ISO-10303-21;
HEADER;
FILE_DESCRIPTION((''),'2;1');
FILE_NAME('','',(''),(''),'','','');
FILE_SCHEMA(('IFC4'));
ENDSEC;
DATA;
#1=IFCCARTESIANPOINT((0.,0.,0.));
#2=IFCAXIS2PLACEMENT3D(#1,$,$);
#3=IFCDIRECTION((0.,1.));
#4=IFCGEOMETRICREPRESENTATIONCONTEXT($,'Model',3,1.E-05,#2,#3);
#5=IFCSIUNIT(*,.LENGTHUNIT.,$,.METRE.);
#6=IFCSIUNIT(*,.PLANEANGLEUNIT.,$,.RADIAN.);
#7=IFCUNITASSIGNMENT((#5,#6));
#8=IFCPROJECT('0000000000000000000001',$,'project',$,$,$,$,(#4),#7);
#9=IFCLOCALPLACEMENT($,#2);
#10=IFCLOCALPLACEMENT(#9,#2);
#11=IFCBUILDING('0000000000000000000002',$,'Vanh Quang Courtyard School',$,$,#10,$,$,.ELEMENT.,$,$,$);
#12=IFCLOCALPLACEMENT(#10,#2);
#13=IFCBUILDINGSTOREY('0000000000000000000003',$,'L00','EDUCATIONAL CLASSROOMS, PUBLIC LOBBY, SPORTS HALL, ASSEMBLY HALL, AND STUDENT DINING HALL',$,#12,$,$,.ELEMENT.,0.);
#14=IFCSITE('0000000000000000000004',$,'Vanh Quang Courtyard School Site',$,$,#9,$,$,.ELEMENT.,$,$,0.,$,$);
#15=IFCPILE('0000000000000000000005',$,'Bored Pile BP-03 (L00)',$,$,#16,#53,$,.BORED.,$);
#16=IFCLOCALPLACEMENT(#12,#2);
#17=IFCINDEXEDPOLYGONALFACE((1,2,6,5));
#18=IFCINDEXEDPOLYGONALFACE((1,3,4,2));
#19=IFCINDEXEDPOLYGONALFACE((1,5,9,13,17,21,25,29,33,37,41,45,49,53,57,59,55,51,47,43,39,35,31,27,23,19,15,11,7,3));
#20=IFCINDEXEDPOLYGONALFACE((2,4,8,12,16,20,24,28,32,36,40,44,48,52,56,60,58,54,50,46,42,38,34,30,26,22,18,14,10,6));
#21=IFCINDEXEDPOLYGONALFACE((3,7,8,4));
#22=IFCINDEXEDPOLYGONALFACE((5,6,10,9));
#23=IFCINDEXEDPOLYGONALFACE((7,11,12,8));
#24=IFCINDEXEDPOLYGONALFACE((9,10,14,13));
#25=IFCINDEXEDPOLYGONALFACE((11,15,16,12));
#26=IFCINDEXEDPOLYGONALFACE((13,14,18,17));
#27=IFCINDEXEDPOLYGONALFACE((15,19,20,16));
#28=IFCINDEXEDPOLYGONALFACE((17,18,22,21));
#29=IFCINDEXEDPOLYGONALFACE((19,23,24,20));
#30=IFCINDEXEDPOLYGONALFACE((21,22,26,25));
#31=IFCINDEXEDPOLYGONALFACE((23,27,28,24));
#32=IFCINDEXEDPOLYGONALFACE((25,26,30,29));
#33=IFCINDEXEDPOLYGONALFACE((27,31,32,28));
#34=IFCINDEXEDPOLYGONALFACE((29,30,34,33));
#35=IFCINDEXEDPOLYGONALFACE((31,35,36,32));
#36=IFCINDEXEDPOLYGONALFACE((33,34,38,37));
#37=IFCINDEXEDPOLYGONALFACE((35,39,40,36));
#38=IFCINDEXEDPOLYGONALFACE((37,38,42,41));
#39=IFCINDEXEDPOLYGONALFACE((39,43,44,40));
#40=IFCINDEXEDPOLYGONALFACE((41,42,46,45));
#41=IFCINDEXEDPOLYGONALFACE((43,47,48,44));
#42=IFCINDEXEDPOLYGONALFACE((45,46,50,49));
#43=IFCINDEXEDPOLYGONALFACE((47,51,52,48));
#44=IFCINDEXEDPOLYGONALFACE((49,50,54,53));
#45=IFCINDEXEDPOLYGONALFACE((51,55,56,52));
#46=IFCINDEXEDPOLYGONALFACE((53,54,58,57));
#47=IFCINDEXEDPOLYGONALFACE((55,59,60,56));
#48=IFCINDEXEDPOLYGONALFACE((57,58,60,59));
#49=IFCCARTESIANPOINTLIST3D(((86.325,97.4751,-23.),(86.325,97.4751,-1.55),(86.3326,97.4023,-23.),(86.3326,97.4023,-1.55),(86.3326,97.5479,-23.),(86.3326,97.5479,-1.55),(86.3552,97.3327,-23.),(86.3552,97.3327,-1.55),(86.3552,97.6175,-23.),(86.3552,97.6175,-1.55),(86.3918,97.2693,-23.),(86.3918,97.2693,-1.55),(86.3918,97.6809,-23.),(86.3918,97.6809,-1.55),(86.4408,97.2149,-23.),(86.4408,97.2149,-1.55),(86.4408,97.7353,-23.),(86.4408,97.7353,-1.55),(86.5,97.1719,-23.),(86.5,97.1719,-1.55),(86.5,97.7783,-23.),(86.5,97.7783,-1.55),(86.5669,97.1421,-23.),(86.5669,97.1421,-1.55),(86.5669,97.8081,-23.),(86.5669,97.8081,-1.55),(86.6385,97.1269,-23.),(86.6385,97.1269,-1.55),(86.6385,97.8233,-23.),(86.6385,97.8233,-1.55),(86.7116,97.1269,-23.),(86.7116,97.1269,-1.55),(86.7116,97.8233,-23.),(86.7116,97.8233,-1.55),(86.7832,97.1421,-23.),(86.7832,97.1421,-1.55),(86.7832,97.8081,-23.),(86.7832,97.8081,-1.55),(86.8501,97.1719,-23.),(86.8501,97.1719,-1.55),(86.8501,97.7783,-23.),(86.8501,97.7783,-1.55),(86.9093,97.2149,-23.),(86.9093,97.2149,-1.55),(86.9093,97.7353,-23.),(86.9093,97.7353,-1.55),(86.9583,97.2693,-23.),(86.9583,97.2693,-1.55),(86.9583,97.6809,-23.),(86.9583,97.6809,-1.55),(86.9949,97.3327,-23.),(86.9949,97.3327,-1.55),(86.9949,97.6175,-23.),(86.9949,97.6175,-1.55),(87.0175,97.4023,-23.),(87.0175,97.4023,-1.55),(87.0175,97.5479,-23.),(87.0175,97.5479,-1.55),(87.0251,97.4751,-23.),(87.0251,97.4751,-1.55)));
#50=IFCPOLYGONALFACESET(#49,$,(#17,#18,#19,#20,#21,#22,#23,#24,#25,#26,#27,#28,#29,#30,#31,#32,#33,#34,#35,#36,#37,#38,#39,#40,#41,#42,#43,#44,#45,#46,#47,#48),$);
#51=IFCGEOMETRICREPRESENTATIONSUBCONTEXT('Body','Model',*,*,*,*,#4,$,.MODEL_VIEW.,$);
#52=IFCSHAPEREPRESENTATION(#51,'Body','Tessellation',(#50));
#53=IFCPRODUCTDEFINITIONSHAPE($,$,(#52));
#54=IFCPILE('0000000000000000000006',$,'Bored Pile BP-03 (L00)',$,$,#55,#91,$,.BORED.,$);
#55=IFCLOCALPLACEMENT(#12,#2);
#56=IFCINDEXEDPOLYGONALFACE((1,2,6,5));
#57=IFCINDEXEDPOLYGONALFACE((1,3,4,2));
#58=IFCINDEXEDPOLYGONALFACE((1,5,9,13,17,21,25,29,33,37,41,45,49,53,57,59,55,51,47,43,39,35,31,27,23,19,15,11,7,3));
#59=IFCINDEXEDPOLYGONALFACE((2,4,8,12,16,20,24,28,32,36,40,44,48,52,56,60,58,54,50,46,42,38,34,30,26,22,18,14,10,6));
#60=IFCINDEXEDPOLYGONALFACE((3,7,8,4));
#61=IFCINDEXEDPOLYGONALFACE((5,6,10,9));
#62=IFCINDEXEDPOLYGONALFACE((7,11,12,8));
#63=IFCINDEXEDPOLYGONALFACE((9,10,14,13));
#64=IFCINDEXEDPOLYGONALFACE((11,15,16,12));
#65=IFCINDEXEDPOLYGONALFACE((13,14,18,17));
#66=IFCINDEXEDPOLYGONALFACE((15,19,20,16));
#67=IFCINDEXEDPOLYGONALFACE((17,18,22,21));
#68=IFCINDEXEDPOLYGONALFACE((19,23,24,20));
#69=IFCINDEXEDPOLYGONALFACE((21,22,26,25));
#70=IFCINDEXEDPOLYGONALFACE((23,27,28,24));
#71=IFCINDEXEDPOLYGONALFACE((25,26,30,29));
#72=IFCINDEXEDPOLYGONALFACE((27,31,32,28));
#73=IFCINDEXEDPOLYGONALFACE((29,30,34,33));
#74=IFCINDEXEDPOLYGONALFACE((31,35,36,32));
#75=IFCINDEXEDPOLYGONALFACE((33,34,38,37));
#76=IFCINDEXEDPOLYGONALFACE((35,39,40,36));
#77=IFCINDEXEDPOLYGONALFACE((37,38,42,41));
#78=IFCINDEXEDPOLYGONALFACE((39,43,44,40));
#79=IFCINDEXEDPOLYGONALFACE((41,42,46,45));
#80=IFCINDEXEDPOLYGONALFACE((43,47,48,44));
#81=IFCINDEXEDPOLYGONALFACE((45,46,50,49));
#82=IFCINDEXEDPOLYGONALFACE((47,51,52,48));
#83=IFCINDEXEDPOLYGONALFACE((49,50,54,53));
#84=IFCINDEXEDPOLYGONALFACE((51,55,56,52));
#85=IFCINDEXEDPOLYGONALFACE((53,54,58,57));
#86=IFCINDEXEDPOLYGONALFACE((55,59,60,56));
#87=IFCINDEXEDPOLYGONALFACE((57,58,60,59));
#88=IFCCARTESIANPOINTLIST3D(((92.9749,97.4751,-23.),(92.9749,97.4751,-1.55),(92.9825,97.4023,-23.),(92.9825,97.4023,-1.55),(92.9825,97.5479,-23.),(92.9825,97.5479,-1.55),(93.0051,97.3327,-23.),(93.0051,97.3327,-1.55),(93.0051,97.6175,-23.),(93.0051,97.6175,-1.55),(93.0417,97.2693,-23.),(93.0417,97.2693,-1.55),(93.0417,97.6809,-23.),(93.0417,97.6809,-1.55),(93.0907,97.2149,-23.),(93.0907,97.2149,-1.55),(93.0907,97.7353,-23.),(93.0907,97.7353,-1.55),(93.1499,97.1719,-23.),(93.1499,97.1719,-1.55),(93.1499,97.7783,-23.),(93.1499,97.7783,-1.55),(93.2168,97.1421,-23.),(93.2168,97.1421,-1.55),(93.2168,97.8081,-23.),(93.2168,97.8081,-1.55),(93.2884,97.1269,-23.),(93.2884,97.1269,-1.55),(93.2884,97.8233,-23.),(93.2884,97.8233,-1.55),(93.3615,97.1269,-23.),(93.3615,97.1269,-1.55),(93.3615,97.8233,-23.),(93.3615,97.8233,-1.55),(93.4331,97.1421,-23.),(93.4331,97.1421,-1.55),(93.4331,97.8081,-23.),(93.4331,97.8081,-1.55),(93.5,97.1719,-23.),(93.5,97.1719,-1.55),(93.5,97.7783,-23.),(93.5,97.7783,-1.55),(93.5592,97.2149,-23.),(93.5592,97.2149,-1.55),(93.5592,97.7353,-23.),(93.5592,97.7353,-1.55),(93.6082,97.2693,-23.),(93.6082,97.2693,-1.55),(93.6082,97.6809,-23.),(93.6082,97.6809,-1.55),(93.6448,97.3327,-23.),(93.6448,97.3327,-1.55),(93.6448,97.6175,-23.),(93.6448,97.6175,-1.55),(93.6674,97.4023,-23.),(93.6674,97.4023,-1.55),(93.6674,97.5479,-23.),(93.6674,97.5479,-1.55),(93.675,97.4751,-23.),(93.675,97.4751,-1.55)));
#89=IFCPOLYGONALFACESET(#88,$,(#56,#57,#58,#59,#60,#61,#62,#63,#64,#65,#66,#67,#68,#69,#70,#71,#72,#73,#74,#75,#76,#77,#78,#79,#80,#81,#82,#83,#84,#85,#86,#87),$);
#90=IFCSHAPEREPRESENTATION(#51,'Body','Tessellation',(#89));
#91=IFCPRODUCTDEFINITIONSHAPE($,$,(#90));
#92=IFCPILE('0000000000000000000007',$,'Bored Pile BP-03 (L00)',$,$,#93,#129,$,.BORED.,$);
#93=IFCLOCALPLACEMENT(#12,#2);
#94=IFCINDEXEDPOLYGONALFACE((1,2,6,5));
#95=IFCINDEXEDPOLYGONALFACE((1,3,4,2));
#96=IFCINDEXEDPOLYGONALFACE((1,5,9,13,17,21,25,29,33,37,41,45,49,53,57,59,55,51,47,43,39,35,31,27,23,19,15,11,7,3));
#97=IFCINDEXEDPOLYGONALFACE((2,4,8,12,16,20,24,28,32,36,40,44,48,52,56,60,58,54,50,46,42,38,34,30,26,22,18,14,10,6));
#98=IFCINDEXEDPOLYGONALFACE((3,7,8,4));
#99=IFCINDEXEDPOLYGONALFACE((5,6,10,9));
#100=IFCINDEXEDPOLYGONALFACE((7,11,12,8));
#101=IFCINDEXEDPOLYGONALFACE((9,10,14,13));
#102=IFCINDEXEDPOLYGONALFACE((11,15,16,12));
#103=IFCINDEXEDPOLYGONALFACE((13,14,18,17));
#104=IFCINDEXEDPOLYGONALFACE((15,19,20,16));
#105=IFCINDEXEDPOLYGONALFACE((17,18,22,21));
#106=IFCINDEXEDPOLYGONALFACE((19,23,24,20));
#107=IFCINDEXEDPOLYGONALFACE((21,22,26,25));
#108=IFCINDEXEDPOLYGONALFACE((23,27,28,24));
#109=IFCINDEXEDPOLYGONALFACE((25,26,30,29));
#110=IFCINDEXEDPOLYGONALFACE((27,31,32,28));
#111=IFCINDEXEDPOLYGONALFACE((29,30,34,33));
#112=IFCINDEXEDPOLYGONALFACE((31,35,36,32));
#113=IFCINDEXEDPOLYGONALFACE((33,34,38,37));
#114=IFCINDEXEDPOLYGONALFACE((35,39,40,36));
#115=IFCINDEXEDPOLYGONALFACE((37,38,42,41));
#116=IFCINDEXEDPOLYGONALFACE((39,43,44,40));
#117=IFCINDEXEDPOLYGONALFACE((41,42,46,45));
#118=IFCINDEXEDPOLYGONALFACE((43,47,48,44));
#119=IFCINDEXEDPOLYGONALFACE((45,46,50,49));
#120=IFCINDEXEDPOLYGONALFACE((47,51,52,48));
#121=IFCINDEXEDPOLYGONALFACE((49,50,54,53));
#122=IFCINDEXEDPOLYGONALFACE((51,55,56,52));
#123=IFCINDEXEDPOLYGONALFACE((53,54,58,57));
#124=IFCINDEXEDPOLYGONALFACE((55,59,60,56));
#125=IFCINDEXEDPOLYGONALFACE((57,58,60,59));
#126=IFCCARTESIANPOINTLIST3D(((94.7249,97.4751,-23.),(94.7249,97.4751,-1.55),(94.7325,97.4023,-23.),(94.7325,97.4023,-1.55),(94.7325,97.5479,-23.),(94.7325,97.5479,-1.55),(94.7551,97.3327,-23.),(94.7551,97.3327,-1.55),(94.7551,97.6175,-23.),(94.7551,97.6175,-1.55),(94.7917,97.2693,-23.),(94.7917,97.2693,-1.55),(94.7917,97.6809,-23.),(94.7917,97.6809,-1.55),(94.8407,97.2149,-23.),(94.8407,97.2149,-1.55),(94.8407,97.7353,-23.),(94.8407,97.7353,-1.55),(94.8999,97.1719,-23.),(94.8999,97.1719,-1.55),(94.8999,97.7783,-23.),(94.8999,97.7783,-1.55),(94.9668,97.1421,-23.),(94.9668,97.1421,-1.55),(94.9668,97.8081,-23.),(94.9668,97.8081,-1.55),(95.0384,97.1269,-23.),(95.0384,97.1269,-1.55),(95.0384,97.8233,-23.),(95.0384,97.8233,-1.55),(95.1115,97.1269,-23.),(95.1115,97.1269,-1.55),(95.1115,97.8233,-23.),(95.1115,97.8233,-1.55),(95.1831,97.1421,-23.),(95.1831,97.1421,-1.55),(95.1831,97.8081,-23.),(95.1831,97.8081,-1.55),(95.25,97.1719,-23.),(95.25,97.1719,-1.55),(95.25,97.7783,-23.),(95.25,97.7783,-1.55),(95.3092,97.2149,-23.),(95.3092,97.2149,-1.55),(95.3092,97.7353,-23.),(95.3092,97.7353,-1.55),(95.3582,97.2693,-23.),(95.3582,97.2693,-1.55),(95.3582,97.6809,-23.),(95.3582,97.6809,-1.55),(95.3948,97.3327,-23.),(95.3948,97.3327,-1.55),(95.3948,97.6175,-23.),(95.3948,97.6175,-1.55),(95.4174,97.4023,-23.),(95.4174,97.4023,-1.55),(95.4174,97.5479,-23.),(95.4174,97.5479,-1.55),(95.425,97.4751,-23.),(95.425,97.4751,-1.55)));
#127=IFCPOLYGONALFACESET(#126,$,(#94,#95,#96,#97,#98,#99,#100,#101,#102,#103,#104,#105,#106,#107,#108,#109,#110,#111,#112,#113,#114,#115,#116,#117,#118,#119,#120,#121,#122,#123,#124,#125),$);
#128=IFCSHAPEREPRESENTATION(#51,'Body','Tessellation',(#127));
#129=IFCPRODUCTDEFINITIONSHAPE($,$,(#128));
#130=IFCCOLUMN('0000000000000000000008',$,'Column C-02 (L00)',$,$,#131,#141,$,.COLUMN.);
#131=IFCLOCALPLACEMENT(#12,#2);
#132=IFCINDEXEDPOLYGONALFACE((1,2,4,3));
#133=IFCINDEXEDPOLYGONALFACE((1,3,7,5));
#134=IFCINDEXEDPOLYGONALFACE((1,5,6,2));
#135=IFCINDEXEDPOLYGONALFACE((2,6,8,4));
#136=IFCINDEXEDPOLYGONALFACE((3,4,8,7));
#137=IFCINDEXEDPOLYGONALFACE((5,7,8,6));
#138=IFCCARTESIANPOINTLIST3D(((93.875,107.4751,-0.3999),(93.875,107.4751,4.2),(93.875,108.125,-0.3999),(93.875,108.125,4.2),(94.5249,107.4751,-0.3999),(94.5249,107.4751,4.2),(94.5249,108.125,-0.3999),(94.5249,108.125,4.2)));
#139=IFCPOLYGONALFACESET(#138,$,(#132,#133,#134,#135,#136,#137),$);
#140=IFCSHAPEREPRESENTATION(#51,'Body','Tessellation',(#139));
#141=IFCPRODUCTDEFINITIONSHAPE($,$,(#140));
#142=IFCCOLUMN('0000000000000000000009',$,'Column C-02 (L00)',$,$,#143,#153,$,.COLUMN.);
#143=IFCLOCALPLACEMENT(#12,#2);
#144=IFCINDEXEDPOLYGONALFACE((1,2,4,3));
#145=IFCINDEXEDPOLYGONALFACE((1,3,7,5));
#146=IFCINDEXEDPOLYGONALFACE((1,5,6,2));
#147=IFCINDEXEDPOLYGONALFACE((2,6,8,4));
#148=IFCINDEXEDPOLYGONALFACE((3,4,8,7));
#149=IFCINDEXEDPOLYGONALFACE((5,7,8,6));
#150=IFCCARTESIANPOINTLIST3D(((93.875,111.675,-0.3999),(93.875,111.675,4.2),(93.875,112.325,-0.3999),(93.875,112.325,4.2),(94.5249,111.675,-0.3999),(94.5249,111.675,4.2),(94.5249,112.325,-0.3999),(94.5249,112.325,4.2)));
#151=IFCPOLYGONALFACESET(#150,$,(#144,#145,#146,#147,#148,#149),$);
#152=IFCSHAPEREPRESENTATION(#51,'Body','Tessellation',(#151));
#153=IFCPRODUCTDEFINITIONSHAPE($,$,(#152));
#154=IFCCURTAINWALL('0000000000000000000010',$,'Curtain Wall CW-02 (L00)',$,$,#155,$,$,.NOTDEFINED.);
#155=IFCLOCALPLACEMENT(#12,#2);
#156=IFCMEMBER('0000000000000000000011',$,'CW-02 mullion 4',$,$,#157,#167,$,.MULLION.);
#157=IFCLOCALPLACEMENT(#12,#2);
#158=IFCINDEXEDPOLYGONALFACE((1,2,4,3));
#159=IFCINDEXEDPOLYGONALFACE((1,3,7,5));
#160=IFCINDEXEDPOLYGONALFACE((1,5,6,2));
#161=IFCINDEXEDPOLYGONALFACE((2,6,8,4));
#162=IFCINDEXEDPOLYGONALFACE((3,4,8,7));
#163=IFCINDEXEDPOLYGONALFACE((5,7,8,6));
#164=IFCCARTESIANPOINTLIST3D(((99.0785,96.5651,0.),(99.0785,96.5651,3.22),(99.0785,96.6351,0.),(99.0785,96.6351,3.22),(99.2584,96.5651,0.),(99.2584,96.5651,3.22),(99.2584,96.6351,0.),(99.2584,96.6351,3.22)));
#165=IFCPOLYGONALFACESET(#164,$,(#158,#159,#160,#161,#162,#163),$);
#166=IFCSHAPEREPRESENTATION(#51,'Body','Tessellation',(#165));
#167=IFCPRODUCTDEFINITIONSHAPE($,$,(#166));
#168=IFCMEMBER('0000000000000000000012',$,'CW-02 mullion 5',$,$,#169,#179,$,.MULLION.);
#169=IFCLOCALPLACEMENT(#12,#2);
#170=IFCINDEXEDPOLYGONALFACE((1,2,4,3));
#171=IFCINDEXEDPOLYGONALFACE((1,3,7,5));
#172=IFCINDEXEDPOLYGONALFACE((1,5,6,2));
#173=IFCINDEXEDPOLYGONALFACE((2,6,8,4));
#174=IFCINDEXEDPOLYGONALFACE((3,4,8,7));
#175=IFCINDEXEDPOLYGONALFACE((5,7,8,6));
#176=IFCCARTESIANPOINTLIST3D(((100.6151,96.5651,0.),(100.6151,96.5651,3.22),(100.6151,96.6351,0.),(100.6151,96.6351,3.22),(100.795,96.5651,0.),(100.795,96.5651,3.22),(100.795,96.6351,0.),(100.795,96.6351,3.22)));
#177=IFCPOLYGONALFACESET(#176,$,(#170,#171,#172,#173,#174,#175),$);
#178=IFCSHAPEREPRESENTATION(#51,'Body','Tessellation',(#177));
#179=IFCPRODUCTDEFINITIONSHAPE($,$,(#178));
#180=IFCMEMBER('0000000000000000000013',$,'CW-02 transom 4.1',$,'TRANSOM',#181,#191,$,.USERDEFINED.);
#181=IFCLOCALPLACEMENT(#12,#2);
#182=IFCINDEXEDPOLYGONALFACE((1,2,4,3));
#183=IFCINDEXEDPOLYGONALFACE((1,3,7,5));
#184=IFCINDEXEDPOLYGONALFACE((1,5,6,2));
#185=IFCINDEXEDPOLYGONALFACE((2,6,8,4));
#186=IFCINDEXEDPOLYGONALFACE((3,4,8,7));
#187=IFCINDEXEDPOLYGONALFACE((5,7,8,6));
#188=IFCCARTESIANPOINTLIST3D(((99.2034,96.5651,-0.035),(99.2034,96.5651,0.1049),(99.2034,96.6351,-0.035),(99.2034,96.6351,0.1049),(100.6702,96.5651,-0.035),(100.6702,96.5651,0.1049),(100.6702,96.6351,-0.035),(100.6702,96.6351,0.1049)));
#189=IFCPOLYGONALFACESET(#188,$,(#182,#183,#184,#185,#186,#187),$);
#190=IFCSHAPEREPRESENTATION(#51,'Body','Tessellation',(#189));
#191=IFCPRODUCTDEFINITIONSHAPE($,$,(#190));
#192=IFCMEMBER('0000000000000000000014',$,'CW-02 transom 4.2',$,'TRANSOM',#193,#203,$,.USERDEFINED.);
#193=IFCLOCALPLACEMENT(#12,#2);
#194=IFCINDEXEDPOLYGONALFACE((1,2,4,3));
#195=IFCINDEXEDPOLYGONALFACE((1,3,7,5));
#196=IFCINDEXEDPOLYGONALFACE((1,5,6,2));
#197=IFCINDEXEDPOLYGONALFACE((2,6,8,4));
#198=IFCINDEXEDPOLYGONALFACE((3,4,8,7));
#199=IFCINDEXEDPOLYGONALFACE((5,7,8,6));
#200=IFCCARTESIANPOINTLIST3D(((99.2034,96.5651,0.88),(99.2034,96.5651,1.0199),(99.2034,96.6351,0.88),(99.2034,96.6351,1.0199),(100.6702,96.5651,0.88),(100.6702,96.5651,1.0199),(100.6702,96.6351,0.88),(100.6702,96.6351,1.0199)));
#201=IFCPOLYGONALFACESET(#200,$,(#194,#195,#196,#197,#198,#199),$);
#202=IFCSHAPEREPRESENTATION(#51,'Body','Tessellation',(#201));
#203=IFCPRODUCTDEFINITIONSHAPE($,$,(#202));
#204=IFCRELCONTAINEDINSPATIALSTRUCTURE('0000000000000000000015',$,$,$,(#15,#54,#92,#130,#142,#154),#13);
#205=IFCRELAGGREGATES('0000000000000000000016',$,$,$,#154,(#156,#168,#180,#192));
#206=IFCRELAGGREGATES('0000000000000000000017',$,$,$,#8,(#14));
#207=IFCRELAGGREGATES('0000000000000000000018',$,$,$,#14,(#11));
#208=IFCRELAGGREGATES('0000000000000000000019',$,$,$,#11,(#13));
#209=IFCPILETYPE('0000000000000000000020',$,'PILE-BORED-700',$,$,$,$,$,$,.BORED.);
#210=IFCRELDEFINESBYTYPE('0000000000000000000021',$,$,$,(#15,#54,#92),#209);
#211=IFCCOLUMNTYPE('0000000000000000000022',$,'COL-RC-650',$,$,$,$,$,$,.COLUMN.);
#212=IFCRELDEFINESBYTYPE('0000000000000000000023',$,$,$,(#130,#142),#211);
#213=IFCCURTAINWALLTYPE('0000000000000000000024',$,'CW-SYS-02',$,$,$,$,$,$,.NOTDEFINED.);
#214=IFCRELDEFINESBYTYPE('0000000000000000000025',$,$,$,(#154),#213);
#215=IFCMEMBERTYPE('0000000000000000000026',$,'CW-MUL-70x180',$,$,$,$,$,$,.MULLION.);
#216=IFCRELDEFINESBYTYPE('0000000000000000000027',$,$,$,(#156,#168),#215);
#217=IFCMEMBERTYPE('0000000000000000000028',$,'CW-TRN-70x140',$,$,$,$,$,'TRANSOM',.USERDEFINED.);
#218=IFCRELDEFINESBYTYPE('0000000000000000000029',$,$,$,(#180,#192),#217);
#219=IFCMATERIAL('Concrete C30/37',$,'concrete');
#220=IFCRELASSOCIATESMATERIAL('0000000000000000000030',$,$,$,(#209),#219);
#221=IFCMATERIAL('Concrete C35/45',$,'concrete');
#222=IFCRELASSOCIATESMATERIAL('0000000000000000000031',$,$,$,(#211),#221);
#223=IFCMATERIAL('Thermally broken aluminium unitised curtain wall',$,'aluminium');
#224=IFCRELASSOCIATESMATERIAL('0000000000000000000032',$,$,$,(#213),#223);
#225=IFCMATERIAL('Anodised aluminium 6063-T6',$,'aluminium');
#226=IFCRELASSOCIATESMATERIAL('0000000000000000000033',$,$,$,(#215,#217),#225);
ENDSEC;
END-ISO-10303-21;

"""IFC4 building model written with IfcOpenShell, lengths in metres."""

from ifc_helpers import new_model, si_unit, direction, frame, origin, origin_2d, place, context, subcontext, project, spatial, rectangle, circle, extrude, material, material_profile, profile_set, type_object, element, aggregate, save


model = new_model("IFC4")

# Units and contexts
model_context = context("Model", 3, precision=1e-05, world=origin(), true_north=direction((0.0, 1.0)))
body_context = subcontext(model_context, "Body", "Model", "MODEL_VIEW")
ifc_project = project(units=[si_unit("LENGTHUNIT", "METRE"), si_unit("PLANEANGLEUNIT", "RADIAN")], contexts=[model_context])

# Site, building, storey
site_placement = place(None, origin())
site = spatial("IfcSite", under=ifc_project, at=site_placement, Name="Vanh Quang Courtyard School Site", CompositionType="ELEMENT", RefElevation=0.0)
building_placement = place(site_placement, origin())
building = spatial("IfcBuilding", under=site, at=building_placement, Name="Vanh Quang Courtyard School", CompositionType="ELEMENT")
storey_placement = place(building_placement, origin())
storey = spatial("IfcBuildingStorey", under=building, at=storey_placement, Name="L00", Description="EDUCATIONAL CLASSROOMS, PUBLIC LOBBY, SPORTS HALL, ASSEMBLY HALL, AND STUDENT DINING HALL", CompositionType="ELEMENT", Elevation=0.0)

# Shared definitions
ifc_material_1 = material(Name="Concrete C35/45", Category="concrete")

# Piles
ifc_material_2 = material(Name="Concrete C30/37", Category="concrete")
ifc_material_profile_1 = material_profile(ifc_material_2, circle(Radius=0.3501, at=origin_2d()), Name="PILE D700")
ifc_profile_set_1 = profile_set([ifc_material_profile_1], Name="Concrete C30/37")
pile_type_1 = type_object("IfcPileType", Name="PILE-BORED-700", PredefinedType="BORED", material=ifc_profile_set_1)
for number, where, z_axis, x_axis, name in (
    (1, (86.675, 97.4751, -1.55), (0.0, 0.0, -1.0), (1.0, 0.0, 0.0), "Bored Pile BP-03 (L00)"),
    (2, (93.325, 97.4751, -1.55), (0.0, 0.0, -1.0), (1.0, 0.0, 0.0), "Bored Pile BP-03 (L00)"),
    (3, (95.075, 97.4751, -1.55), (0.0, 0.0, -1.0), (1.0, 0.0, 0.0), "Bored Pile BP-03 (L00)"),
):
    element("IfcPile", number, at=place(storey_placement, frame(where, z_axis=z_axis, x_axis=x_axis)), inside=storey, type_object=pile_type_1, Name=name, PredefinedType="BORED", context=body_context, shape_type="SweptSolid", body=[
        extrude(circle(Radius=0.3501, at=origin_2d()), origin(), (0.0, 0.0, 1.0), 21.45),
    ])

# Columns
ifc_material_profile_2 = material_profile(ifc_material_1, rectangle(XDim=0.6499, YDim=0.6499, at=origin_2d()), Name="RC-COL 650x650")
ifc_profile_set_2 = profile_set([ifc_material_profile_2], Name="Concrete C35/45")
column_type = type_object("IfcColumnType", Name="COL-RC-650", PredefinedType="COLUMN", material=ifc_profile_set_2)
for number, where, z_axis, x_axis, name in (
    (4, (94.2, 107.8, -0.3999), (0.0, 0.0, 1.0), (1.0, 0.0, 0.0), "Column C-02 (L00)"),
    (5, (94.2, 112.0, -0.3999), (0.0, 0.0, 1.0), (1.0, 0.0, 0.0), "Column C-02 (L00)"),
):
    element("IfcColumn", number, at=place(storey_placement, frame(where, z_axis=z_axis, x_axis=x_axis)), inside=storey, type_object=column_type, Name=name, PredefinedType="COLUMN", context=body_context, shape_type="SweptSolid", body=[
        extrude(rectangle(XDim=0.6499, YDim=0.6499, at=origin_2d()), origin(), (0.0, 0.0, 1.0), 4.5999),
    ])

# Curtain wall, members
ifc_material_3 = material(Name="Thermally broken aluminium unitised curtain wall", Category="aluminium")
curtain_wall_type = type_object("IfcCurtainWallType", Name="CW-SYS-02", PredefinedType="NOTDEFINED", material=ifc_material_3)
curtain_wall_placement = place(storey_placement, origin())
curtain_wall = element("IfcCurtainWall", 6, at=curtain_wall_placement, inside=storey, type_object=curtain_wall_type, Name="Curtain Wall CW-02 (L00)", PredefinedType="NOTDEFINED")
ifc_material_4 = material(Name="Anodised aluminium 6063-T6", Category="aluminium")
ifc_material_profile_3 = material_profile(ifc_material_4, rectangle(XDim=0.0701, YDim=0.1799, at=origin_2d()), Name="ALU-MUL 70x180")
ifc_profile_set_3 = profile_set([ifc_material_profile_3], Name="Anodised aluminium 6063-T6")
member_type_1 = type_object("IfcMemberType", Name="CW-MUL-70x180", PredefinedType="MULLION", material=ifc_profile_set_3)
member_1_placement = place(storey_placement, frame((99.1685, 96.6001, 0.0), z_axis=(0.0, 0.0, 1.0), x_axis=(0.0, 1.0, 0.0)))
member_1 = element("IfcMember", 7, at=member_1_placement, type_object=member_type_1, Name="CW-02 mullion 4", PredefinedType="MULLION", context=body_context, shape_type="SweptSolid", body=[
    extrude(rectangle(XDim=0.0701, YDim=0.1799, at=origin_2d()), origin(), (0.0, 0.0, 1.0), 3.22),
])
member_2_placement = place(storey_placement, frame((100.7051, 96.6001, 0.0), z_axis=(0.0, 0.0, 1.0), x_axis=(0.0, 1.0, 0.0)))
member_2 = element("IfcMember", 8, at=member_2_placement, type_object=member_type_1, Name="CW-02 mullion 5", PredefinedType="MULLION", context=body_context, shape_type="SweptSolid", body=[
    extrude(rectangle(XDim=0.0701, YDim=0.1799, at=origin_2d()), origin(), (0.0, 0.0, 1.0), 3.22),
])
ifc_material_profile_4 = material_profile(ifc_material_4, rectangle(XDim=0.0701, YDim=0.1399, at=origin_2d()), Name="ALU-TRN 70x140")
ifc_profile_set_4 = profile_set([ifc_material_profile_4], Name="Anodised aluminium 6063-T6")
member_type_2 = type_object("IfcMemberType", Name="CW-TRN-70x140", ElementType="TRANSOM", PredefinedType="USERDEFINED", material=ifc_profile_set_4)
member_3_placement = place(storey_placement, frame((99.2034, 96.6001, 0.0349), z_axis=(1.0, 0.0, 0.0), x_axis=(0.0, 1.0, 0.0)))
member_3 = element("IfcMember", 9, at=member_3_placement, type_object=member_type_2, Name="CW-02 transom 4.1", ObjectType="TRANSOM", PredefinedType="USERDEFINED", context=body_context, shape_type="SweptSolid", body=[
    extrude(rectangle(XDim=0.0701, YDim=0.1399, at=origin_2d()), origin(), (0.0, 0.0, 1.0), 1.4668),
])
member_4_placement = place(storey_placement, frame((99.2034, 96.6001, 0.95), z_axis=(1.0, 0.0, 0.0), x_axis=(0.0, 1.0, 0.0)))
member_4 = element("IfcMember", 10, at=member_4_placement, type_object=member_type_2, Name="CW-02 transom 4.2", ObjectType="TRANSOM", PredefinedType="USERDEFINED", context=body_context, shape_type="SweptSolid", body=[
    extrude(rectangle(XDim=0.0701, YDim=0.1399, at=origin_2d()), origin(), (0.0, 0.0, 1.0), 1.4668),
])
aggregate(curtain_wall, [member_1, member_2, member_3, member_4])

save(model, "model.ifc")
